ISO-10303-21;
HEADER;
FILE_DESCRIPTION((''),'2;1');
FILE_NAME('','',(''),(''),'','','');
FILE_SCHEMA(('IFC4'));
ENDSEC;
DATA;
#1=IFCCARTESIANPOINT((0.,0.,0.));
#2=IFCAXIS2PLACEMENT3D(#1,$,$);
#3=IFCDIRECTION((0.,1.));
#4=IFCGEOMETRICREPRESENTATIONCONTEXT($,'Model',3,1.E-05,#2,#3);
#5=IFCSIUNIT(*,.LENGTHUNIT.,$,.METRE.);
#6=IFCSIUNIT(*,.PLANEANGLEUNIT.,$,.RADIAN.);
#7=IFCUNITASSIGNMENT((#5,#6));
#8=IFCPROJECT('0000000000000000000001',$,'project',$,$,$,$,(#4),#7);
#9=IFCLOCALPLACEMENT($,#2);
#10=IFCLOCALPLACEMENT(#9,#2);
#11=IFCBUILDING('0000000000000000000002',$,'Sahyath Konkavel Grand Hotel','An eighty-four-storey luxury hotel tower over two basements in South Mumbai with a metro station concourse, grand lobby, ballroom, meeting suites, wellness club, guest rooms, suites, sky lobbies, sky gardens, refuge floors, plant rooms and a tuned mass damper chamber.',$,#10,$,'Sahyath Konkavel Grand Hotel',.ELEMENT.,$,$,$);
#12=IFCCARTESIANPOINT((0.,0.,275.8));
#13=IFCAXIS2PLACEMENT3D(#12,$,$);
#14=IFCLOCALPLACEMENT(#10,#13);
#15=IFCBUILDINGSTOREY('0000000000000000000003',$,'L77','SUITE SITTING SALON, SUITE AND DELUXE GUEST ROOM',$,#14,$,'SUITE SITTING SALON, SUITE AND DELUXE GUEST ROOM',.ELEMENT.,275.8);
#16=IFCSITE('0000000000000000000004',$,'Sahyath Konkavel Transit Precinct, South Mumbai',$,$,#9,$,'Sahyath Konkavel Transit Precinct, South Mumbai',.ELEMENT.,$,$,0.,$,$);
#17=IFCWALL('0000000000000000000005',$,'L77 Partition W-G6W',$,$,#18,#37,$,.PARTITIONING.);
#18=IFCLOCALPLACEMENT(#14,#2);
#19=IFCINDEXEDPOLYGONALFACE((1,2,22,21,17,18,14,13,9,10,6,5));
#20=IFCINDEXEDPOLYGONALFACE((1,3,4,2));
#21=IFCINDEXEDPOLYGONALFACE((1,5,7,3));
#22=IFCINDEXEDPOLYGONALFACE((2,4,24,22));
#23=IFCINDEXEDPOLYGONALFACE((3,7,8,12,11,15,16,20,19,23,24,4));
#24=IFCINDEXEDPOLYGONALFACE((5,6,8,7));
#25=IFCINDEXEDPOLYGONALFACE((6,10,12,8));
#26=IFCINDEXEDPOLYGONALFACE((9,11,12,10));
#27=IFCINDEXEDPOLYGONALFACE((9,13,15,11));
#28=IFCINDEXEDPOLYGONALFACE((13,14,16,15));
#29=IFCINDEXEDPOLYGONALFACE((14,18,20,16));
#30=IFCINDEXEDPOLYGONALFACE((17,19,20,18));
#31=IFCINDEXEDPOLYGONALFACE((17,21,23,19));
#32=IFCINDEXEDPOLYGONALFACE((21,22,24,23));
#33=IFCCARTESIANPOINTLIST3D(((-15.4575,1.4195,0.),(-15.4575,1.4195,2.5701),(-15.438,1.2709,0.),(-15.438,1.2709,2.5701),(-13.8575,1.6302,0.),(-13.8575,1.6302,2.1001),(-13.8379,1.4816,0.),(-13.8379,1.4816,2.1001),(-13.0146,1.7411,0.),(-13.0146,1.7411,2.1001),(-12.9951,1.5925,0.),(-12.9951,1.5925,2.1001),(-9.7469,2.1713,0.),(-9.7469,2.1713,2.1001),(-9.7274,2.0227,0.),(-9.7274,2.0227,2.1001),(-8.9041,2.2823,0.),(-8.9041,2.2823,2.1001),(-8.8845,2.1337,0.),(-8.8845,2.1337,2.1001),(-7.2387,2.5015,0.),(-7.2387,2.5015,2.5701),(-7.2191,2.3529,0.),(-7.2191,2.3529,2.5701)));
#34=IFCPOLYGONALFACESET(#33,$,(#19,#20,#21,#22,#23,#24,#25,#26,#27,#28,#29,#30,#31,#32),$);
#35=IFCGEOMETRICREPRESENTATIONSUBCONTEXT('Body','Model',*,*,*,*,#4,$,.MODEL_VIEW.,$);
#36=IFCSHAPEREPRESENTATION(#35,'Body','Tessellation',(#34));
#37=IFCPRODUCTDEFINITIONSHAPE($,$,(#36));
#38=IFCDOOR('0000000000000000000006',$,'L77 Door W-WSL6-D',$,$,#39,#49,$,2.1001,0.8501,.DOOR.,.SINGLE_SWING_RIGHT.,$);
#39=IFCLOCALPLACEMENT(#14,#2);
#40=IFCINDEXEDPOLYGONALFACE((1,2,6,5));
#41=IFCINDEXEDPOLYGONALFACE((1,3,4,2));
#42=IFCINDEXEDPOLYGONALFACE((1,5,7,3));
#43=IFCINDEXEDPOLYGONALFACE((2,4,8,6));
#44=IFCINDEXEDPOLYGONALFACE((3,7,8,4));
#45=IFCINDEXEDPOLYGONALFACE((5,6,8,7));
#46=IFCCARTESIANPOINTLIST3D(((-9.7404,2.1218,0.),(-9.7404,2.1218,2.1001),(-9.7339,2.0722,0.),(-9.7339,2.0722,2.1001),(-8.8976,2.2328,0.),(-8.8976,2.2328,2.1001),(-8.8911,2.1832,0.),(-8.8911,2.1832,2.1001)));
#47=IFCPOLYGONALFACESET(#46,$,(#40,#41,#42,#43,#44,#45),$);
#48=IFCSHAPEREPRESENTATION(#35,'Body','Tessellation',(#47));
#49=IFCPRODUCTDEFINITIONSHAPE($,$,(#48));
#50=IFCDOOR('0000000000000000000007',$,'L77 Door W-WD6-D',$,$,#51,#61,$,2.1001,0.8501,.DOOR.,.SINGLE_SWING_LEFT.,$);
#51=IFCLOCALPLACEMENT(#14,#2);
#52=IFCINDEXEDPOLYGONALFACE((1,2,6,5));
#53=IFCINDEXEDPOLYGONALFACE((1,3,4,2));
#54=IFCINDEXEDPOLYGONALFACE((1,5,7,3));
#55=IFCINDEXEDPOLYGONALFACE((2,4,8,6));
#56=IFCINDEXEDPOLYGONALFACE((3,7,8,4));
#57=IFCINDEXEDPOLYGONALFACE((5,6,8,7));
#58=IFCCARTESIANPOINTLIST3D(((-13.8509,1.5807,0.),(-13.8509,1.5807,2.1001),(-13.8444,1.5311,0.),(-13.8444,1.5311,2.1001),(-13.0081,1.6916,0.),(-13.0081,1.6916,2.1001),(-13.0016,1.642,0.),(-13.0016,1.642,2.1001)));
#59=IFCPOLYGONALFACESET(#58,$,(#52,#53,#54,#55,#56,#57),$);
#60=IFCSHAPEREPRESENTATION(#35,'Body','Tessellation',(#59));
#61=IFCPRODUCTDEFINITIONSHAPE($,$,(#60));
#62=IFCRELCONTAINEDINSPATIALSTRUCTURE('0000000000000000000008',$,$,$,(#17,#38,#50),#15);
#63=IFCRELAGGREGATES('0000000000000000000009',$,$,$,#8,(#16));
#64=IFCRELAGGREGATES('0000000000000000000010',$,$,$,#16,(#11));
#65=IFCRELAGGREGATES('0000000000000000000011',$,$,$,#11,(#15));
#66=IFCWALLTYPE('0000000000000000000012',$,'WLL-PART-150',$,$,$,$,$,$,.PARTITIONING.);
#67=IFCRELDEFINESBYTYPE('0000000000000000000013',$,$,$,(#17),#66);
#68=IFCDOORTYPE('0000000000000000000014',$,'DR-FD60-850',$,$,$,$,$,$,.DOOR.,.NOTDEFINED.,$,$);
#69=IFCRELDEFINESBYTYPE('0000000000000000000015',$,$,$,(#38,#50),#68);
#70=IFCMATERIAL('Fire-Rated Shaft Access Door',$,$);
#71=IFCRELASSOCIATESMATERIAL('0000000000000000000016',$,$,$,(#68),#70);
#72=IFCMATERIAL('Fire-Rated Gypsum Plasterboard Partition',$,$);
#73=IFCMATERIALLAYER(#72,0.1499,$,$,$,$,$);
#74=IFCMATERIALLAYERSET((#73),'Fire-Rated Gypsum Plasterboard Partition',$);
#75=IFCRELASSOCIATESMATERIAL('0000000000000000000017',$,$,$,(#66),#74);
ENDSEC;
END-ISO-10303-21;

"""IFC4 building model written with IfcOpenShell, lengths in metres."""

from ifc_helpers import new_model, si_unit, direction, frame, frame_2d, origin, origin_2d, place, context, subcontext, project, spatial, rectangle, extrude, source, transform, mapped, material, layer, layer_set, type_object, element, fill, save


model = new_model("IFC4")

# Units and contexts
model_context = context("Model", 3, precision=1e-05, world=origin(), true_north=direction((0.0, 1.0)))
body_context = subcontext(model_context, "Body", "Model", "MODEL_VIEW")
ifc_project = project(units=[si_unit("LENGTHUNIT", "METRE"), si_unit("PLANEANGLEUNIT", "RADIAN")], contexts=[model_context])

# Site, building, storey
site_placement = place(None, origin())
site = spatial("IfcSite", under=ifc_project, at=site_placement, Name="Sahyath Konkavel Transit Precinct, South Mumbai", LongName="Sahyath Konkavel Transit Precinct, South Mumbai", CompositionType="ELEMENT", RefElevation=0.0)
building_placement = place(site_placement, origin())
building = spatial("IfcBuilding", under=site, at=building_placement, Name="Sahyath Konkavel Grand Hotel", Description="An eighty-four-storey luxury hotel tower over two basements in South Mumbai with a metro station concourse, grand lobby, ballroom, meeting suites, wellness club, guest rooms, suites, sky lobbies, sky gardens, refuge floors, plant rooms and a tuned mass damper chamber.", LongName="Sahyath Konkavel Grand Hotel", CompositionType="ELEMENT")
storey_placement = place(building_placement, frame((0.0, 0.0, 275.8)))
storey = spatial("IfcBuildingStorey", under=building, at=storey_placement, Name="L77", Description="SUITE SITTING SALON, SUITE AND DELUXE GUEST ROOM", LongName="SUITE SITTING SALON, SUITE AND DELUXE GUEST ROOM", CompositionType="ELEMENT", Elevation=275.8)

# Shared definitions
ifc_material_1 = material(Name="Fire-Rated Shaft Access Door")
door_type = type_object("IfcDoorType", Name="DR-FD60-850", OperationType="NOTDEFINED", PredefinedType="DOOR", material=ifc_material_1)
shared_shape_1 = source(origin(), body_context, "Body", "SweptSolid", [
    extrude(rectangle(XDim=0.8501, YDim=0.05, at=origin_2d()), origin(), (0.0, 0.0, 1.0), 2.1001),
])

# Wall, openings, doors
ifc_material_2 = material(Name="Fire-Rated Gypsum Plasterboard Partition")
ifc_layer_1 = layer(ifc_material_2, 0.1499)
ifc_layer_set_1 = layer_set([ifc_layer_1], Name="Fire-Rated Gypsum Plasterboard Partition")
wall_type_1 = type_object("IfcWallType", Name="WLL-PART-150", PredefinedType="PARTITIONING", material=ifc_layer_set_1)
wall_1_placement = place(storey_placement, frame((-7.2288, 2.4272, 0.0), z_axis=(0.0, 0.0, 1.0), x_axis=(-0.991445, -0.130524, 0.0)))
wall_1 = element("IfcWall", 1, at=wall_1_placement, inside=storey, type_object=wall_type_1, Name="L77 Partition W-G6W", PredefinedType="PARTITIONING", context=body_context, shape_type="SweptSolid", body=[
    extrude(rectangle(XDim=8.2898, YDim=0.1499, at=frame_2d((4.145, 0.0))), origin(), (0.0, 0.0, 1.0), 2.5701),
])
opening_1_placement = place(wall_1_placement, frame((1.6799, 0.0, 0.0)))
opening_1 = element("IfcOpeningElement", 2, at=opening_1_placement, cuts=wall_1, PredefinedType="OPENING", context=body_context, shape_type="SweptSolid", body=[
    extrude(rectangle(XDim=0.8501, YDim=2.1001, at=frame_2d((0.425, 1.05))), frame((0.0, 0.085, 0.0), z_axis=(0.0, -1.0, 0.0), x_axis=(1.0, 0.0, 0.0)), (0.0, 0.0, 1.0), 0.1699),
])
opening_2_placement = place(wall_1_placement, frame((5.8259, 0.0, 0.0)))
opening_2 = element("IfcOpeningElement", 3, at=opening_2_placement, cuts=wall_1, PredefinedType="OPENING", context=body_context, shape_type="SweptSolid", body=[
    extrude(rectangle(XDim=0.8501, YDim=2.1001, at=frame_2d((0.425, 1.05))), frame((0.0, 0.085, 0.0), z_axis=(0.0, -1.0, 0.0), x_axis=(1.0, 0.0, 0.0)), (0.0, 0.0, 1.0), 0.1699),
])
door_1_placement = place(opening_1_placement, frame((0.425, 0.0, 0.0)))
door_1 = element("IfcDoor", 4, at=door_1_placement, inside=storey, type_object=door_type, Name="L77 Door W-WSL6-D", OperationType="SINGLE_SWING_RIGHT", OverallHeight=2.1001, OverallWidth=0.8501, PredefinedType="DOOR", context=body_context, shape_type="MappedRepresentation", body=[
    mapped(shared_shape_1, transform((0.0, 0.0, 0.0), scale=1.0)),
])
fill(opening_1, door_1)
door_2_placement = place(opening_2_placement, frame((0.425, 0.0, 0.0)))
door_2 = element("IfcDoor", 5, at=door_2_placement, inside=storey, type_object=door_type, Name="L77 Door W-WD6-D", OperationType="SINGLE_SWING_LEFT", OverallHeight=2.1001, OverallWidth=0.8501, PredefinedType="DOOR", context=body_context, shape_type="MappedRepresentation", body=[
    mapped(shared_shape_1, transform((0.0, 0.0, 0.0), scale=1.0)),
])
fill(opening_2, door_2)

save(model, "model.ifc")
